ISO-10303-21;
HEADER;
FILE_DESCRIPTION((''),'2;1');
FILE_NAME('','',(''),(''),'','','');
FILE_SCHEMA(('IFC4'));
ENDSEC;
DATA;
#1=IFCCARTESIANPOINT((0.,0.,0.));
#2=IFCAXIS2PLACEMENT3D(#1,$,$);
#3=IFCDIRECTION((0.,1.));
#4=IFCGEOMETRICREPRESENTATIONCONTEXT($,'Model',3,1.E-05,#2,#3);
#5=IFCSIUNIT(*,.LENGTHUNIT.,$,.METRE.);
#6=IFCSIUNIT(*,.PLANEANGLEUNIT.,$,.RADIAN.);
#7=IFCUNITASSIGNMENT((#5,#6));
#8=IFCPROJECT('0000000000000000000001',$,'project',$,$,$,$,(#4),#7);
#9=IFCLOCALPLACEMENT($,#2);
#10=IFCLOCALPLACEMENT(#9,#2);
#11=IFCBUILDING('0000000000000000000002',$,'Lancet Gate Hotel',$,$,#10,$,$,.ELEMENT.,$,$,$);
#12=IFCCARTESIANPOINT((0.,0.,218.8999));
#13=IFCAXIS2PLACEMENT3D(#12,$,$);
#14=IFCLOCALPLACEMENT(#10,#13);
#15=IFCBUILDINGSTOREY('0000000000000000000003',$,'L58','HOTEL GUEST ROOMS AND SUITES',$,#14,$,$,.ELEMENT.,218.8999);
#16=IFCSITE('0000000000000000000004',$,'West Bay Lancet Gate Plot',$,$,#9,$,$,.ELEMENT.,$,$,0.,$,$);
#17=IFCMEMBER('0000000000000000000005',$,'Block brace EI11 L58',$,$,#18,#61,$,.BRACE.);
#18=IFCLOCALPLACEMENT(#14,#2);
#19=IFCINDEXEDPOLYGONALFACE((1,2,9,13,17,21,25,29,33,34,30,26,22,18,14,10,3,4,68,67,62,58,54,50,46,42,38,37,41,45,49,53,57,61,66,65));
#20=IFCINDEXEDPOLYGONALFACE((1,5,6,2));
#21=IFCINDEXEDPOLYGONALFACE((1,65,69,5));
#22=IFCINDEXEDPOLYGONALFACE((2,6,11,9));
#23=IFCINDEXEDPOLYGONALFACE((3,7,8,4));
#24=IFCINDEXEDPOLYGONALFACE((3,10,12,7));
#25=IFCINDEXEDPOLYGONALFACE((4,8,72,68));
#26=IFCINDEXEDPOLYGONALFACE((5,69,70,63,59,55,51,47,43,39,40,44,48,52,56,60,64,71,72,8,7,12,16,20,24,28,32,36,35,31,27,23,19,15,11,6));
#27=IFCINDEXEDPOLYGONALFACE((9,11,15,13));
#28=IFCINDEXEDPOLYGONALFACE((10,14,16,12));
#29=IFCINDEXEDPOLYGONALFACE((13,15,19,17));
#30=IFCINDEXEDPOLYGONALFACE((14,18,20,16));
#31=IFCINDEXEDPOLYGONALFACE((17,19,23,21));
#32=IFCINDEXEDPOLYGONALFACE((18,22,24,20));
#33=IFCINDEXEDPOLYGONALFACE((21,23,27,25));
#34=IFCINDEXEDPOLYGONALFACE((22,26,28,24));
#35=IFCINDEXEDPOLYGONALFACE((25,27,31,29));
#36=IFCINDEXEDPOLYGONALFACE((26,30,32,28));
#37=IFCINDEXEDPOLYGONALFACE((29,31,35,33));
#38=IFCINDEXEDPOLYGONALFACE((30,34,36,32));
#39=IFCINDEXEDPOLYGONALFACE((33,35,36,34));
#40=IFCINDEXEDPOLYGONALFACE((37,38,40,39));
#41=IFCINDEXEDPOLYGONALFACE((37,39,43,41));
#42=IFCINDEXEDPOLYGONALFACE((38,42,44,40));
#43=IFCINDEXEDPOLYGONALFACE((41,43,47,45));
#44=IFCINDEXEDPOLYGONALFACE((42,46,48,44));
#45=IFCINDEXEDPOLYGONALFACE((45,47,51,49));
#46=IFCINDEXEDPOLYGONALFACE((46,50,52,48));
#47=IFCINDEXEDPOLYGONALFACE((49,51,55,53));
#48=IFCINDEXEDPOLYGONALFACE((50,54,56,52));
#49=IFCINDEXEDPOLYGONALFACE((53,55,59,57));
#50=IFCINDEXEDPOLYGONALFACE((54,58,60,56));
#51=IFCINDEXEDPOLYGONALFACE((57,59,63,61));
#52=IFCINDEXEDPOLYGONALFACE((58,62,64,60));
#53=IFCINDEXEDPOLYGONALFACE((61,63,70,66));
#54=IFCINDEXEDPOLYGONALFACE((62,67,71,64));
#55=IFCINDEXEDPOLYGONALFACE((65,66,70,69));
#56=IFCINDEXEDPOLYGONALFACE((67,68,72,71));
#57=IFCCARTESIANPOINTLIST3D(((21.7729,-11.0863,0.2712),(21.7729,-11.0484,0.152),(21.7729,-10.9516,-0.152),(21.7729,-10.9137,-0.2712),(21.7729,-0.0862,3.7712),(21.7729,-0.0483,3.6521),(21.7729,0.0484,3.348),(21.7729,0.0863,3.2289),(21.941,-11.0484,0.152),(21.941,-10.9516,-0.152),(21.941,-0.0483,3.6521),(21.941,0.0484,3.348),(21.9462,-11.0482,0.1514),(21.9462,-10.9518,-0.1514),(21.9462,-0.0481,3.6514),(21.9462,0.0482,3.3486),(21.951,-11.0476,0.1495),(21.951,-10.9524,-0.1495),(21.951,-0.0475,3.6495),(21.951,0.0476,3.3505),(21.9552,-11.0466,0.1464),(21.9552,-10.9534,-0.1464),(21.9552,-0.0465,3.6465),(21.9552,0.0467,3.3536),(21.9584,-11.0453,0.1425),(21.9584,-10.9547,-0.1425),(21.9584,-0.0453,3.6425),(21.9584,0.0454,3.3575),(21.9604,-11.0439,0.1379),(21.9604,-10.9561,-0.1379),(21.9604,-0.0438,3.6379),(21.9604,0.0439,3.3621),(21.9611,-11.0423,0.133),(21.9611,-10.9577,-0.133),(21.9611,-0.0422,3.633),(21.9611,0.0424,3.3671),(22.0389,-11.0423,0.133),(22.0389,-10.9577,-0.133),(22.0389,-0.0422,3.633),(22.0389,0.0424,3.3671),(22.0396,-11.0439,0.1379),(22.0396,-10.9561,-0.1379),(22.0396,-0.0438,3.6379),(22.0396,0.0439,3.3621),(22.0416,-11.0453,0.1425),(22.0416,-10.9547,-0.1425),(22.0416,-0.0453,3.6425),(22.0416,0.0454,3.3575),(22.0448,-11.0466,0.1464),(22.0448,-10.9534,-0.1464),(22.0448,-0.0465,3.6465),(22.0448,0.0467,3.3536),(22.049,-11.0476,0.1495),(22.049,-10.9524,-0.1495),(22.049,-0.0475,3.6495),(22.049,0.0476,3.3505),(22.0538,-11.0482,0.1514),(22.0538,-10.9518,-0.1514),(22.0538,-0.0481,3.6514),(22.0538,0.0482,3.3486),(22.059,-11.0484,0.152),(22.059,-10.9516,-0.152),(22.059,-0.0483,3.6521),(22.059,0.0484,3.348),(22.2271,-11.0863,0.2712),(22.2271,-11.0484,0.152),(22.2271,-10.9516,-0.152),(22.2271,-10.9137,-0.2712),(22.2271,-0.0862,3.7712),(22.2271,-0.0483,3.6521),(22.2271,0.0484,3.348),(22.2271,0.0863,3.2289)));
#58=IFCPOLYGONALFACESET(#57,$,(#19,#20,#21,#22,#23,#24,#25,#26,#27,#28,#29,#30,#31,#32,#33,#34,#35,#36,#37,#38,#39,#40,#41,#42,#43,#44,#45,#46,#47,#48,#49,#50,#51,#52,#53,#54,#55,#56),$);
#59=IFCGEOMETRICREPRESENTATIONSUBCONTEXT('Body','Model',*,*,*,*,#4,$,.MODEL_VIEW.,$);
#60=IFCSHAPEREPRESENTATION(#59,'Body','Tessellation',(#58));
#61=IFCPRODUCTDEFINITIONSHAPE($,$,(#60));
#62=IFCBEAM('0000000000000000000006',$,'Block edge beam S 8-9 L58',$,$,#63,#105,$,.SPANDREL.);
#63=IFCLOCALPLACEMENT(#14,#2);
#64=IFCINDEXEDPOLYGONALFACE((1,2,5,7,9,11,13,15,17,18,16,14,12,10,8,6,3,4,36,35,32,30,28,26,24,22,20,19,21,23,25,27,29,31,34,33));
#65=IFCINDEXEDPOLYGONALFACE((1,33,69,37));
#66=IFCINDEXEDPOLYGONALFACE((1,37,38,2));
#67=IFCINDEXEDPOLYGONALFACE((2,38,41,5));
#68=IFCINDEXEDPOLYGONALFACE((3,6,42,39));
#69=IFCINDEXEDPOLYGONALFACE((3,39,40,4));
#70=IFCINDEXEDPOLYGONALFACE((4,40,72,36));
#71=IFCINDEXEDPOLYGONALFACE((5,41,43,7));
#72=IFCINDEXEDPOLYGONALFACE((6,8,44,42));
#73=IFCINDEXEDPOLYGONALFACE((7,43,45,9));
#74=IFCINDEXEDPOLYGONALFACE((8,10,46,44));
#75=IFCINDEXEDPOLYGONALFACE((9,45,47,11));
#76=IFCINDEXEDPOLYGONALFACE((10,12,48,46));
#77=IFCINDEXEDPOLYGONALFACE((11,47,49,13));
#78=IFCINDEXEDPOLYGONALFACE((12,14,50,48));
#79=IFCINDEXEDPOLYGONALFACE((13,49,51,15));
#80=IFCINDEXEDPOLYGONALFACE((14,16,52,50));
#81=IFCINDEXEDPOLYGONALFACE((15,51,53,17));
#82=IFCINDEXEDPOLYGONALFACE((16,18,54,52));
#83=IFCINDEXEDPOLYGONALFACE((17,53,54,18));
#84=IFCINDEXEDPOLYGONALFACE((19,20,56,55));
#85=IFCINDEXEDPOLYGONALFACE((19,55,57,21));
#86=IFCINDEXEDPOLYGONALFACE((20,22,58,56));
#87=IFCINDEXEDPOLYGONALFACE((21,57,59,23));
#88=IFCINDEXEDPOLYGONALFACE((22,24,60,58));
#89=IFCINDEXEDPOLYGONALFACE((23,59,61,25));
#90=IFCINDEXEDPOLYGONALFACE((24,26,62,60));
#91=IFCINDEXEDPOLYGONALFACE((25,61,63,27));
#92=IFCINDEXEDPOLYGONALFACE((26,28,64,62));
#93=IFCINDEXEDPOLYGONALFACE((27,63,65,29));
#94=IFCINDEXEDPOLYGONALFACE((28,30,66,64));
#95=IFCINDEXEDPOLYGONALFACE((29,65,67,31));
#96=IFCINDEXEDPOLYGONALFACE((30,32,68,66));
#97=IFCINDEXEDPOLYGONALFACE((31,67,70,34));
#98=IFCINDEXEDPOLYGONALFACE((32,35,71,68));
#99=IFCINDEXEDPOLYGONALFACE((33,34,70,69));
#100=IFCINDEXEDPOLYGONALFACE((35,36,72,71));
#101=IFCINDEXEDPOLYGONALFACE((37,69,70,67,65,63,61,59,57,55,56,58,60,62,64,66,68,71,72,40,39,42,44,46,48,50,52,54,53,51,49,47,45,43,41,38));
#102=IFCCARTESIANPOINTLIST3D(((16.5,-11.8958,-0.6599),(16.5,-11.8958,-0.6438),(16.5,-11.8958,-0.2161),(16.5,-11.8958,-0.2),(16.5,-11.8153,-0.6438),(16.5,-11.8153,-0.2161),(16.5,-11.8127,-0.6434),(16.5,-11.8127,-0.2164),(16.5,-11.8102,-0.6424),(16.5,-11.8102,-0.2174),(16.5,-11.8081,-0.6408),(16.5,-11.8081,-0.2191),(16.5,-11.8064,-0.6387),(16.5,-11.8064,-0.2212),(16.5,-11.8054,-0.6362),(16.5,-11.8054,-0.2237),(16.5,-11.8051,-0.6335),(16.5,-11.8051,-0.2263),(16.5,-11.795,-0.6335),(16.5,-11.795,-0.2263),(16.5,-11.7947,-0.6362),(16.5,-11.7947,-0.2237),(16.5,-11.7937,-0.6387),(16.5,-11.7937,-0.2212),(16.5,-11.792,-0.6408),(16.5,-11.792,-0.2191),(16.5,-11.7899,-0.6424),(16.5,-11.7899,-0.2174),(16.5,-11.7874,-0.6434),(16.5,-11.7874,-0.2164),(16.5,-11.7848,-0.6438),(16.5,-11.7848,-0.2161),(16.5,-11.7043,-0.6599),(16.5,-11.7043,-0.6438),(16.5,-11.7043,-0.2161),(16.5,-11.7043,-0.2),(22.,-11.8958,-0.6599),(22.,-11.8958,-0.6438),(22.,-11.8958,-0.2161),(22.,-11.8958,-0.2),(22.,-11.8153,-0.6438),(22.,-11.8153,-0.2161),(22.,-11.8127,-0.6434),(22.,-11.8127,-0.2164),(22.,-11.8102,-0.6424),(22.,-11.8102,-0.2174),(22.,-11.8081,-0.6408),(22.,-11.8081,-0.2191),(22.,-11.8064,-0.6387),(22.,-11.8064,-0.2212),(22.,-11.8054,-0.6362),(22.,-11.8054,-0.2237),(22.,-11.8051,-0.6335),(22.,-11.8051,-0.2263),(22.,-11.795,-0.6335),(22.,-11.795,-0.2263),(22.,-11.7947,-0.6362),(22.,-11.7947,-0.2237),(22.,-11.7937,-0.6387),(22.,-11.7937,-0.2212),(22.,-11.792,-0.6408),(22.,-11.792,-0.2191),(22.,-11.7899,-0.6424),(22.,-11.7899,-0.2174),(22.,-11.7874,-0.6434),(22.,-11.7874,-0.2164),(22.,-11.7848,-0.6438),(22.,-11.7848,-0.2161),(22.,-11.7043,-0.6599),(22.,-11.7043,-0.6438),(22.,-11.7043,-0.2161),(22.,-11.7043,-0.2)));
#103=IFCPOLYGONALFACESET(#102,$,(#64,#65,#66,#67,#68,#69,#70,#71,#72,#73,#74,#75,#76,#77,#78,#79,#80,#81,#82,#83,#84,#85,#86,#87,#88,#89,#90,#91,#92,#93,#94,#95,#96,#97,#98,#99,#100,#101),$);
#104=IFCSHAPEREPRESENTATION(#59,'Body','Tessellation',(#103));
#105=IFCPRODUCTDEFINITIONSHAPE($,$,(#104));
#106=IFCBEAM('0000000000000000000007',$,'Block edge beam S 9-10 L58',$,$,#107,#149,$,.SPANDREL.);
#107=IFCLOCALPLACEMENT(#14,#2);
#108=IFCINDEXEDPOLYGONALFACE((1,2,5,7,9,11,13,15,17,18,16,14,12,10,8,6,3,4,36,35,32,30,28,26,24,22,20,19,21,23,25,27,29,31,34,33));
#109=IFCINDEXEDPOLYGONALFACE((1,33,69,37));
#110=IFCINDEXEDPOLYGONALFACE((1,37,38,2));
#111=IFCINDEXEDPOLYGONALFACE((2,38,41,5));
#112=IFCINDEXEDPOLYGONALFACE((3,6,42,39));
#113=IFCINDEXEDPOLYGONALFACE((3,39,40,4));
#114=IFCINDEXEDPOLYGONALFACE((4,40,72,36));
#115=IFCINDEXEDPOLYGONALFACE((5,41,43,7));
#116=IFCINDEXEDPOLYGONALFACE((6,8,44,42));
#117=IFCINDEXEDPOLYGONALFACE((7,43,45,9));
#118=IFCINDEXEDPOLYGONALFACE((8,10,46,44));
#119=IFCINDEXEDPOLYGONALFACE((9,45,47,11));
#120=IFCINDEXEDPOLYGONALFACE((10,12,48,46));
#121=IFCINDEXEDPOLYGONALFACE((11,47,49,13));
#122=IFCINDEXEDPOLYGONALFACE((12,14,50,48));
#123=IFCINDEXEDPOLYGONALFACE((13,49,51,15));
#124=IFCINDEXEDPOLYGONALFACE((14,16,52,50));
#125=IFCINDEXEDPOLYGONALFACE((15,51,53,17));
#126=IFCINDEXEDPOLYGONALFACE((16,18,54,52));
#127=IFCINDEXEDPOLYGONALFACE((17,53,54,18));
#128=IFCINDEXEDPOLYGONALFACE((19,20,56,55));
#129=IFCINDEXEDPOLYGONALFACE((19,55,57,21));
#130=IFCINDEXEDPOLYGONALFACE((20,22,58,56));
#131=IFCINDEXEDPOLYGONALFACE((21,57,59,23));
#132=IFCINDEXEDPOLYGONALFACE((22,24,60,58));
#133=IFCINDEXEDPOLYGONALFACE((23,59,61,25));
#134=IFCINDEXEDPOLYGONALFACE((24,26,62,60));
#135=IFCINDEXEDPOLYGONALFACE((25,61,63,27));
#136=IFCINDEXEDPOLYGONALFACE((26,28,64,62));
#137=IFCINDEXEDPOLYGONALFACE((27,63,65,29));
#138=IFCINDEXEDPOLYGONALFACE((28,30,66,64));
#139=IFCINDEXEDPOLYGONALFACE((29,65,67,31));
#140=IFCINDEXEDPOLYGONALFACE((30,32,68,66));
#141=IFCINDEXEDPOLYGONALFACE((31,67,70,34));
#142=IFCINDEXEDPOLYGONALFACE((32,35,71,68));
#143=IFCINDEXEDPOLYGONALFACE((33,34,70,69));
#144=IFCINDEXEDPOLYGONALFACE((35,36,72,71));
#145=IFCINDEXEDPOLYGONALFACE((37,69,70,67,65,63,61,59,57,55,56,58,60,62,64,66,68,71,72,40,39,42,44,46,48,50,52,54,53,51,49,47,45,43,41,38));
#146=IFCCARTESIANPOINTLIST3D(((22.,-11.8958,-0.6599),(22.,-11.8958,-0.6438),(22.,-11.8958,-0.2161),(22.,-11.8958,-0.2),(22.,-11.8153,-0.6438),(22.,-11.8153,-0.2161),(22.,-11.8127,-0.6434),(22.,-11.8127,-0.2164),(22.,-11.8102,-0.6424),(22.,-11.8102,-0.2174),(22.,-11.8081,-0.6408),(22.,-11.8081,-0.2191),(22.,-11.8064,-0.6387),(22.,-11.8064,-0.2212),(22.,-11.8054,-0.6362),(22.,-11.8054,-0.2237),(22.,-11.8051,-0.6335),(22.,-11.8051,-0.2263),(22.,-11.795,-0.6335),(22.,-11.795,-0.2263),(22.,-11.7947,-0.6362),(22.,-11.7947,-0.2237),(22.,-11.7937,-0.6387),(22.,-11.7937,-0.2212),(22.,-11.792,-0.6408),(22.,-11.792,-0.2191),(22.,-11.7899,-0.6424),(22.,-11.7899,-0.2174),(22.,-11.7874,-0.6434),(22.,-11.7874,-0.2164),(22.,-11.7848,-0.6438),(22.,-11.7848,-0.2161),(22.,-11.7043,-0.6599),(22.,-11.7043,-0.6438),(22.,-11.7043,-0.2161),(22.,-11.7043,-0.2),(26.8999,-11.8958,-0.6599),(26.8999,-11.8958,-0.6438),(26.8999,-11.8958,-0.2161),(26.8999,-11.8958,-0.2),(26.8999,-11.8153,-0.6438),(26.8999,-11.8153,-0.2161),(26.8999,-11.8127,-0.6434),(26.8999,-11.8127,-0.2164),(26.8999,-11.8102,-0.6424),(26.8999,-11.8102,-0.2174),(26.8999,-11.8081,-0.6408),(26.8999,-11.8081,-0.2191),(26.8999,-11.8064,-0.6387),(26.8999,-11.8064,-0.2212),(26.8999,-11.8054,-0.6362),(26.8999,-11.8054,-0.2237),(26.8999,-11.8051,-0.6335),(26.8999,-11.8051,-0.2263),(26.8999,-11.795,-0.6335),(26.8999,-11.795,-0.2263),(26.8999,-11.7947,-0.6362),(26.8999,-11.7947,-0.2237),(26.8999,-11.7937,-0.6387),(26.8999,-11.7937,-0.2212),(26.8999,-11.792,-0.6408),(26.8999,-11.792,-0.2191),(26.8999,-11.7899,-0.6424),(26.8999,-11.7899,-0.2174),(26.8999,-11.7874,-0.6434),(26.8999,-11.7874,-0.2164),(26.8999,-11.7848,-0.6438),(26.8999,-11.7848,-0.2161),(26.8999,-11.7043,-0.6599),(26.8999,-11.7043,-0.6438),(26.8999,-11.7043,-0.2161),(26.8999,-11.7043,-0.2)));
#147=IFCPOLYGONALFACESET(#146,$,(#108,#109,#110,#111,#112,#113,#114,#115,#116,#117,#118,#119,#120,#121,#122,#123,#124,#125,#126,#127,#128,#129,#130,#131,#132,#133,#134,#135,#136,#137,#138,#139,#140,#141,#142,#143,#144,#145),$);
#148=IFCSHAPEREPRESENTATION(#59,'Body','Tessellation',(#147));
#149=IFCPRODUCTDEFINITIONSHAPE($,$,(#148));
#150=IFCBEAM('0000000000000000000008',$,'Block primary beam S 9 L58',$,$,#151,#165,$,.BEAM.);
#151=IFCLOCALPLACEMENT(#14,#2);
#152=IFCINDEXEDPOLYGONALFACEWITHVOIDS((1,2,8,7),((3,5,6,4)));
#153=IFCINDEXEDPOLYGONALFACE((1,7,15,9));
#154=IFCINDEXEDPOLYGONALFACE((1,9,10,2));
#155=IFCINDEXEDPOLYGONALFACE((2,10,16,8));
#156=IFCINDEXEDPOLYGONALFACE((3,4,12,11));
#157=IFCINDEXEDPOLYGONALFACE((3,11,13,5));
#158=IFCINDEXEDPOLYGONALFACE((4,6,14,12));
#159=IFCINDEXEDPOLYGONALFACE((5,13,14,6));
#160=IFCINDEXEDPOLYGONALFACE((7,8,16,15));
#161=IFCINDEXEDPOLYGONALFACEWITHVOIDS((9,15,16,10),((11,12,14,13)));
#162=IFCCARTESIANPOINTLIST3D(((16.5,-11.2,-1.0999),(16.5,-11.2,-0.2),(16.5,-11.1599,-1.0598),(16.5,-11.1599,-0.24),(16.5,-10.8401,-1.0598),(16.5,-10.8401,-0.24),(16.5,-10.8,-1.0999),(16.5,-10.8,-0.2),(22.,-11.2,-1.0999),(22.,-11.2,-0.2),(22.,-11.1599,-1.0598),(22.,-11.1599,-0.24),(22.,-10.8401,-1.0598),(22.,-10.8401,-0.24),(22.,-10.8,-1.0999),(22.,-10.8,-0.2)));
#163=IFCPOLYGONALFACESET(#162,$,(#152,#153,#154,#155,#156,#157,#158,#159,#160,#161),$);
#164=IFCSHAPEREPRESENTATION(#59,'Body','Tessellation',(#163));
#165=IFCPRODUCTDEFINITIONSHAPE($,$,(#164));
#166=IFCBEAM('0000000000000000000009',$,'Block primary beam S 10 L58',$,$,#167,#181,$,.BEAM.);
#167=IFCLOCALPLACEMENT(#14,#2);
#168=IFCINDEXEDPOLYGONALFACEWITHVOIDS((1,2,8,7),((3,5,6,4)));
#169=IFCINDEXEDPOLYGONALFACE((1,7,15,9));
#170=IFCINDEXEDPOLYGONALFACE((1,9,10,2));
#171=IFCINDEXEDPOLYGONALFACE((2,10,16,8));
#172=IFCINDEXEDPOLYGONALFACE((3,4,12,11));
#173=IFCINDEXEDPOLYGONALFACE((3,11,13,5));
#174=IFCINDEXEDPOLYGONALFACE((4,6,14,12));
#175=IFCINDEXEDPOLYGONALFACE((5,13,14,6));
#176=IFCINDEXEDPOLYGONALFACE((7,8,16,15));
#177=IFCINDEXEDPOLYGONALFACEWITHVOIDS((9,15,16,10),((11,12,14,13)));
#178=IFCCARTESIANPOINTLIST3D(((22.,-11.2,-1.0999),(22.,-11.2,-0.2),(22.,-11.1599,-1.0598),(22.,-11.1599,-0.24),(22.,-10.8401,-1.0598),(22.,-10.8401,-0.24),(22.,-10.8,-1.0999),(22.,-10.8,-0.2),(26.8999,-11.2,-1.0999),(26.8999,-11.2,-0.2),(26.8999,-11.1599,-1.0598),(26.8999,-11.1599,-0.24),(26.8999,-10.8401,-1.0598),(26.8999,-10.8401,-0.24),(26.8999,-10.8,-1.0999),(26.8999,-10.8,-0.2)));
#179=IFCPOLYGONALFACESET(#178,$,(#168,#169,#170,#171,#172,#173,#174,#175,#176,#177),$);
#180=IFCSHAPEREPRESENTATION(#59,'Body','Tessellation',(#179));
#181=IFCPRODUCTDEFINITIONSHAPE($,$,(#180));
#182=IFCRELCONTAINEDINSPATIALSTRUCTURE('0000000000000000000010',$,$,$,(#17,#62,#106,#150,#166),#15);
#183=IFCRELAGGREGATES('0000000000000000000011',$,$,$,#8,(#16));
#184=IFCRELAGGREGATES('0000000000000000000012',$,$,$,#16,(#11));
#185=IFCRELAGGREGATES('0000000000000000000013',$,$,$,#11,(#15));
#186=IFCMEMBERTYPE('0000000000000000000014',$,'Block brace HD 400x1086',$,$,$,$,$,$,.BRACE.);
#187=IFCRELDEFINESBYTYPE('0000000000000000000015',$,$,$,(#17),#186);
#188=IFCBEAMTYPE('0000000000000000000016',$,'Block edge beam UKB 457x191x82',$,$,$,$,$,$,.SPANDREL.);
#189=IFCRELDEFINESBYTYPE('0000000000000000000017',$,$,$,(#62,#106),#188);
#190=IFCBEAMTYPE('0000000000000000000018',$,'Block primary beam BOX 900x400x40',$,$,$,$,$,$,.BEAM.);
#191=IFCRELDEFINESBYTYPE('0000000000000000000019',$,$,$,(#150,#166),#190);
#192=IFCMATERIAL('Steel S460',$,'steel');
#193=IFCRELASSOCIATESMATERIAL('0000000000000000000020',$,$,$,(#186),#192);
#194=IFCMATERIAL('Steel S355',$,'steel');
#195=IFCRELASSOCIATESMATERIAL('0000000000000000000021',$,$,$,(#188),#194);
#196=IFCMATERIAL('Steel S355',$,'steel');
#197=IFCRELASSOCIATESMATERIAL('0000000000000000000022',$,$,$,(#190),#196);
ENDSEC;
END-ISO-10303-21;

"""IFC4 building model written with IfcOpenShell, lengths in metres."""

from ifc_helpers import new_model, si_unit, direction, frame, origin, origin_2d, place, context, subcontext, project, spatial, hollow_rectangle, i_section, extrude, material, material_profile, profile_set, type_object, element, save


model = new_model("IFC4")

# Units and contexts
model_context = context("Model", 3, precision=1e-05, world=origin(), true_north=direction((0.0, 1.0)))
body_context = subcontext(model_context, "Body", "Model", "MODEL_VIEW")
ifc_project = project(units=[si_unit("LENGTHUNIT", "METRE"), si_unit("PLANEANGLEUNIT", "RADIAN")], contexts=[model_context])

# Site, building, storey
site_placement = place(None, origin())
site = spatial("IfcSite", under=ifc_project, at=site_placement, Name="West Bay Lancet Gate Plot", CompositionType="ELEMENT", RefElevation=0.0)
building_placement = place(site_placement, origin())
building = spatial("IfcBuilding", under=site, at=building_placement, Name="Lancet Gate Hotel", CompositionType="ELEMENT")
storey_placement = place(building_placement, frame((0.0, 0.0, 218.8999)))
storey = spatial("IfcBuildingStorey", under=building, at=storey_placement, Name="L58", Description="HOTEL GUEST ROOMS AND SUITES", CompositionType="ELEMENT", Elevation=218.8999)

# Member
ifc_material_1 = material(Name="Steel S460", Category="steel")
ifc_material_profile_1 = material_profile(ifc_material_1, i_section(OverallWidth=0.4541, OverallDepth=0.5691, WebThickness=0.0779, FlangeThickness=0.125, FilletRadius=0.02, at=origin_2d()), Name="HD 400x1086")
ifc_profile_set_1 = profile_set([ifc_material_profile_1], Name="Steel S460")
member_type_1 = type_object("IfcMemberType", Name="Block brace HD 400x1086", PredefinedType="BRACE", material=ifc_profile_set_1)
member_1_placement = place(storey_placement, frame((22.0, -11.0, 0.0), z_axis=(0.0, 0.952926, 0.303204), x_axis=(-1.0, 0.0, 0.0)))
element("IfcMember", 1, at=member_1_placement, inside=storey, type_object=member_type_1, Name="Block brace EI11 L58", PredefinedType="BRACE", context=body_context, shape_type="SweptSolid", body=[
    extrude(i_section(OverallWidth=0.4541, OverallDepth=0.5691, WebThickness=0.0779, FlangeThickness=0.125, FilletRadius=0.02, at=origin_2d()), origin(), (0.0, 0.0, 1.0), 11.5435),
])

# Beams
ifc_material_2 = material(Name="Steel S355", Category="steel")
ifc_material_profile_2 = material_profile(ifc_material_2, i_section(OverallWidth=0.1914, OverallDepth=0.46, WebThickness=0.01, FlangeThickness=0.0161, FilletRadius=0.0103, at=origin_2d()), Name="UKB 457x191x82")
ifc_profile_set_2 = profile_set([ifc_material_profile_2], Name="Steel S355")
beam_type_1 = type_object("IfcBeamType", Name="Block edge beam UKB 457x191x82", PredefinedType="SPANDREL", material=ifc_profile_set_2)
beam_1_placement = place(storey_placement, frame((16.5, -11.8, -0.4299), z_axis=(1.0, 0.0, 0.0), x_axis=(0.0, 1.0, 0.0)))
element("IfcBeam", 2, at=beam_1_placement, inside=storey, type_object=beam_type_1, Name="Block edge beam S 8-9 L58", PredefinedType="SPANDREL", context=body_context, shape_type="SweptSolid", body=[
    extrude(i_section(OverallWidth=0.1914, OverallDepth=0.46, WebThickness=0.01, FlangeThickness=0.0161, FilletRadius=0.0103, at=origin_2d()), origin(), (0.0, 0.0, 1.0), 5.5),
])
beam_2_placement = place(storey_placement, frame((22.0, -11.8, -0.4299), z_axis=(1.0, 0.0, 0.0), x_axis=(0.0, 1.0, 0.0)))
element("IfcBeam", 3, at=beam_2_placement, inside=storey, type_object=beam_type_1, Name="Block edge beam S 9-10 L58", PredefinedType="SPANDREL", context=body_context, shape_type="SweptSolid", body=[
    extrude(i_section(OverallWidth=0.1914, OverallDepth=0.46, WebThickness=0.01, FlangeThickness=0.0161, FilletRadius=0.0103, at=origin_2d()), origin(), (0.0, 0.0, 1.0), 4.8999),
])
ifc_material_3 = material(Name="Steel S355", Category="steel")
ifc_material_profile_3 = material_profile(ifc_material_3, hollow_rectangle(XDim=0.3999, YDim=0.8999, WallThickness=0.04, at=origin_2d()), Name="BOX 900x400x40")
ifc_profile_set_3 = profile_set([ifc_material_profile_3], Name="Steel S355")
beam_type_2 = type_object("IfcBeamType", Name="Block primary beam BOX 900x400x40", PredefinedType="BEAM", material=ifc_profile_set_3)
beam_3_placement = place(storey_placement, frame((16.5, -11.0, -0.6499), z_axis=(1.0, 0.0, 0.0), x_axis=(0.0, 1.0, 0.0)))
element("IfcBeam", 4, at=beam_3_placement, inside=storey, type_object=beam_type_2, Name="Block primary beam S 9 L58", PredefinedType="BEAM", context=body_context, shape_type="SweptSolid", body=[
    extrude(hollow_rectangle(XDim=0.3999, YDim=0.8999, WallThickness=0.04, at=origin_2d()), origin(), (0.0, 0.0, 1.0), 5.5),
])
beam_4_placement = place(storey_placement, frame((22.0, -11.0, -0.6499), z_axis=(1.0, 0.0, 0.0), x_axis=(0.0, 1.0, 0.0)))
element("IfcBeam", 5, at=beam_4_placement, inside=storey, type_object=beam_type_2, Name="Block primary beam S 10 L58", PredefinedType="BEAM", context=body_context, shape_type="SweptSolid", body=[
    extrude(hollow_rectangle(XDim=0.3999, YDim=0.8999, WallThickness=0.04, at=origin_2d()), origin(), (0.0, 0.0, 1.0), 4.8999),
])

save(model, "model.ifc")
